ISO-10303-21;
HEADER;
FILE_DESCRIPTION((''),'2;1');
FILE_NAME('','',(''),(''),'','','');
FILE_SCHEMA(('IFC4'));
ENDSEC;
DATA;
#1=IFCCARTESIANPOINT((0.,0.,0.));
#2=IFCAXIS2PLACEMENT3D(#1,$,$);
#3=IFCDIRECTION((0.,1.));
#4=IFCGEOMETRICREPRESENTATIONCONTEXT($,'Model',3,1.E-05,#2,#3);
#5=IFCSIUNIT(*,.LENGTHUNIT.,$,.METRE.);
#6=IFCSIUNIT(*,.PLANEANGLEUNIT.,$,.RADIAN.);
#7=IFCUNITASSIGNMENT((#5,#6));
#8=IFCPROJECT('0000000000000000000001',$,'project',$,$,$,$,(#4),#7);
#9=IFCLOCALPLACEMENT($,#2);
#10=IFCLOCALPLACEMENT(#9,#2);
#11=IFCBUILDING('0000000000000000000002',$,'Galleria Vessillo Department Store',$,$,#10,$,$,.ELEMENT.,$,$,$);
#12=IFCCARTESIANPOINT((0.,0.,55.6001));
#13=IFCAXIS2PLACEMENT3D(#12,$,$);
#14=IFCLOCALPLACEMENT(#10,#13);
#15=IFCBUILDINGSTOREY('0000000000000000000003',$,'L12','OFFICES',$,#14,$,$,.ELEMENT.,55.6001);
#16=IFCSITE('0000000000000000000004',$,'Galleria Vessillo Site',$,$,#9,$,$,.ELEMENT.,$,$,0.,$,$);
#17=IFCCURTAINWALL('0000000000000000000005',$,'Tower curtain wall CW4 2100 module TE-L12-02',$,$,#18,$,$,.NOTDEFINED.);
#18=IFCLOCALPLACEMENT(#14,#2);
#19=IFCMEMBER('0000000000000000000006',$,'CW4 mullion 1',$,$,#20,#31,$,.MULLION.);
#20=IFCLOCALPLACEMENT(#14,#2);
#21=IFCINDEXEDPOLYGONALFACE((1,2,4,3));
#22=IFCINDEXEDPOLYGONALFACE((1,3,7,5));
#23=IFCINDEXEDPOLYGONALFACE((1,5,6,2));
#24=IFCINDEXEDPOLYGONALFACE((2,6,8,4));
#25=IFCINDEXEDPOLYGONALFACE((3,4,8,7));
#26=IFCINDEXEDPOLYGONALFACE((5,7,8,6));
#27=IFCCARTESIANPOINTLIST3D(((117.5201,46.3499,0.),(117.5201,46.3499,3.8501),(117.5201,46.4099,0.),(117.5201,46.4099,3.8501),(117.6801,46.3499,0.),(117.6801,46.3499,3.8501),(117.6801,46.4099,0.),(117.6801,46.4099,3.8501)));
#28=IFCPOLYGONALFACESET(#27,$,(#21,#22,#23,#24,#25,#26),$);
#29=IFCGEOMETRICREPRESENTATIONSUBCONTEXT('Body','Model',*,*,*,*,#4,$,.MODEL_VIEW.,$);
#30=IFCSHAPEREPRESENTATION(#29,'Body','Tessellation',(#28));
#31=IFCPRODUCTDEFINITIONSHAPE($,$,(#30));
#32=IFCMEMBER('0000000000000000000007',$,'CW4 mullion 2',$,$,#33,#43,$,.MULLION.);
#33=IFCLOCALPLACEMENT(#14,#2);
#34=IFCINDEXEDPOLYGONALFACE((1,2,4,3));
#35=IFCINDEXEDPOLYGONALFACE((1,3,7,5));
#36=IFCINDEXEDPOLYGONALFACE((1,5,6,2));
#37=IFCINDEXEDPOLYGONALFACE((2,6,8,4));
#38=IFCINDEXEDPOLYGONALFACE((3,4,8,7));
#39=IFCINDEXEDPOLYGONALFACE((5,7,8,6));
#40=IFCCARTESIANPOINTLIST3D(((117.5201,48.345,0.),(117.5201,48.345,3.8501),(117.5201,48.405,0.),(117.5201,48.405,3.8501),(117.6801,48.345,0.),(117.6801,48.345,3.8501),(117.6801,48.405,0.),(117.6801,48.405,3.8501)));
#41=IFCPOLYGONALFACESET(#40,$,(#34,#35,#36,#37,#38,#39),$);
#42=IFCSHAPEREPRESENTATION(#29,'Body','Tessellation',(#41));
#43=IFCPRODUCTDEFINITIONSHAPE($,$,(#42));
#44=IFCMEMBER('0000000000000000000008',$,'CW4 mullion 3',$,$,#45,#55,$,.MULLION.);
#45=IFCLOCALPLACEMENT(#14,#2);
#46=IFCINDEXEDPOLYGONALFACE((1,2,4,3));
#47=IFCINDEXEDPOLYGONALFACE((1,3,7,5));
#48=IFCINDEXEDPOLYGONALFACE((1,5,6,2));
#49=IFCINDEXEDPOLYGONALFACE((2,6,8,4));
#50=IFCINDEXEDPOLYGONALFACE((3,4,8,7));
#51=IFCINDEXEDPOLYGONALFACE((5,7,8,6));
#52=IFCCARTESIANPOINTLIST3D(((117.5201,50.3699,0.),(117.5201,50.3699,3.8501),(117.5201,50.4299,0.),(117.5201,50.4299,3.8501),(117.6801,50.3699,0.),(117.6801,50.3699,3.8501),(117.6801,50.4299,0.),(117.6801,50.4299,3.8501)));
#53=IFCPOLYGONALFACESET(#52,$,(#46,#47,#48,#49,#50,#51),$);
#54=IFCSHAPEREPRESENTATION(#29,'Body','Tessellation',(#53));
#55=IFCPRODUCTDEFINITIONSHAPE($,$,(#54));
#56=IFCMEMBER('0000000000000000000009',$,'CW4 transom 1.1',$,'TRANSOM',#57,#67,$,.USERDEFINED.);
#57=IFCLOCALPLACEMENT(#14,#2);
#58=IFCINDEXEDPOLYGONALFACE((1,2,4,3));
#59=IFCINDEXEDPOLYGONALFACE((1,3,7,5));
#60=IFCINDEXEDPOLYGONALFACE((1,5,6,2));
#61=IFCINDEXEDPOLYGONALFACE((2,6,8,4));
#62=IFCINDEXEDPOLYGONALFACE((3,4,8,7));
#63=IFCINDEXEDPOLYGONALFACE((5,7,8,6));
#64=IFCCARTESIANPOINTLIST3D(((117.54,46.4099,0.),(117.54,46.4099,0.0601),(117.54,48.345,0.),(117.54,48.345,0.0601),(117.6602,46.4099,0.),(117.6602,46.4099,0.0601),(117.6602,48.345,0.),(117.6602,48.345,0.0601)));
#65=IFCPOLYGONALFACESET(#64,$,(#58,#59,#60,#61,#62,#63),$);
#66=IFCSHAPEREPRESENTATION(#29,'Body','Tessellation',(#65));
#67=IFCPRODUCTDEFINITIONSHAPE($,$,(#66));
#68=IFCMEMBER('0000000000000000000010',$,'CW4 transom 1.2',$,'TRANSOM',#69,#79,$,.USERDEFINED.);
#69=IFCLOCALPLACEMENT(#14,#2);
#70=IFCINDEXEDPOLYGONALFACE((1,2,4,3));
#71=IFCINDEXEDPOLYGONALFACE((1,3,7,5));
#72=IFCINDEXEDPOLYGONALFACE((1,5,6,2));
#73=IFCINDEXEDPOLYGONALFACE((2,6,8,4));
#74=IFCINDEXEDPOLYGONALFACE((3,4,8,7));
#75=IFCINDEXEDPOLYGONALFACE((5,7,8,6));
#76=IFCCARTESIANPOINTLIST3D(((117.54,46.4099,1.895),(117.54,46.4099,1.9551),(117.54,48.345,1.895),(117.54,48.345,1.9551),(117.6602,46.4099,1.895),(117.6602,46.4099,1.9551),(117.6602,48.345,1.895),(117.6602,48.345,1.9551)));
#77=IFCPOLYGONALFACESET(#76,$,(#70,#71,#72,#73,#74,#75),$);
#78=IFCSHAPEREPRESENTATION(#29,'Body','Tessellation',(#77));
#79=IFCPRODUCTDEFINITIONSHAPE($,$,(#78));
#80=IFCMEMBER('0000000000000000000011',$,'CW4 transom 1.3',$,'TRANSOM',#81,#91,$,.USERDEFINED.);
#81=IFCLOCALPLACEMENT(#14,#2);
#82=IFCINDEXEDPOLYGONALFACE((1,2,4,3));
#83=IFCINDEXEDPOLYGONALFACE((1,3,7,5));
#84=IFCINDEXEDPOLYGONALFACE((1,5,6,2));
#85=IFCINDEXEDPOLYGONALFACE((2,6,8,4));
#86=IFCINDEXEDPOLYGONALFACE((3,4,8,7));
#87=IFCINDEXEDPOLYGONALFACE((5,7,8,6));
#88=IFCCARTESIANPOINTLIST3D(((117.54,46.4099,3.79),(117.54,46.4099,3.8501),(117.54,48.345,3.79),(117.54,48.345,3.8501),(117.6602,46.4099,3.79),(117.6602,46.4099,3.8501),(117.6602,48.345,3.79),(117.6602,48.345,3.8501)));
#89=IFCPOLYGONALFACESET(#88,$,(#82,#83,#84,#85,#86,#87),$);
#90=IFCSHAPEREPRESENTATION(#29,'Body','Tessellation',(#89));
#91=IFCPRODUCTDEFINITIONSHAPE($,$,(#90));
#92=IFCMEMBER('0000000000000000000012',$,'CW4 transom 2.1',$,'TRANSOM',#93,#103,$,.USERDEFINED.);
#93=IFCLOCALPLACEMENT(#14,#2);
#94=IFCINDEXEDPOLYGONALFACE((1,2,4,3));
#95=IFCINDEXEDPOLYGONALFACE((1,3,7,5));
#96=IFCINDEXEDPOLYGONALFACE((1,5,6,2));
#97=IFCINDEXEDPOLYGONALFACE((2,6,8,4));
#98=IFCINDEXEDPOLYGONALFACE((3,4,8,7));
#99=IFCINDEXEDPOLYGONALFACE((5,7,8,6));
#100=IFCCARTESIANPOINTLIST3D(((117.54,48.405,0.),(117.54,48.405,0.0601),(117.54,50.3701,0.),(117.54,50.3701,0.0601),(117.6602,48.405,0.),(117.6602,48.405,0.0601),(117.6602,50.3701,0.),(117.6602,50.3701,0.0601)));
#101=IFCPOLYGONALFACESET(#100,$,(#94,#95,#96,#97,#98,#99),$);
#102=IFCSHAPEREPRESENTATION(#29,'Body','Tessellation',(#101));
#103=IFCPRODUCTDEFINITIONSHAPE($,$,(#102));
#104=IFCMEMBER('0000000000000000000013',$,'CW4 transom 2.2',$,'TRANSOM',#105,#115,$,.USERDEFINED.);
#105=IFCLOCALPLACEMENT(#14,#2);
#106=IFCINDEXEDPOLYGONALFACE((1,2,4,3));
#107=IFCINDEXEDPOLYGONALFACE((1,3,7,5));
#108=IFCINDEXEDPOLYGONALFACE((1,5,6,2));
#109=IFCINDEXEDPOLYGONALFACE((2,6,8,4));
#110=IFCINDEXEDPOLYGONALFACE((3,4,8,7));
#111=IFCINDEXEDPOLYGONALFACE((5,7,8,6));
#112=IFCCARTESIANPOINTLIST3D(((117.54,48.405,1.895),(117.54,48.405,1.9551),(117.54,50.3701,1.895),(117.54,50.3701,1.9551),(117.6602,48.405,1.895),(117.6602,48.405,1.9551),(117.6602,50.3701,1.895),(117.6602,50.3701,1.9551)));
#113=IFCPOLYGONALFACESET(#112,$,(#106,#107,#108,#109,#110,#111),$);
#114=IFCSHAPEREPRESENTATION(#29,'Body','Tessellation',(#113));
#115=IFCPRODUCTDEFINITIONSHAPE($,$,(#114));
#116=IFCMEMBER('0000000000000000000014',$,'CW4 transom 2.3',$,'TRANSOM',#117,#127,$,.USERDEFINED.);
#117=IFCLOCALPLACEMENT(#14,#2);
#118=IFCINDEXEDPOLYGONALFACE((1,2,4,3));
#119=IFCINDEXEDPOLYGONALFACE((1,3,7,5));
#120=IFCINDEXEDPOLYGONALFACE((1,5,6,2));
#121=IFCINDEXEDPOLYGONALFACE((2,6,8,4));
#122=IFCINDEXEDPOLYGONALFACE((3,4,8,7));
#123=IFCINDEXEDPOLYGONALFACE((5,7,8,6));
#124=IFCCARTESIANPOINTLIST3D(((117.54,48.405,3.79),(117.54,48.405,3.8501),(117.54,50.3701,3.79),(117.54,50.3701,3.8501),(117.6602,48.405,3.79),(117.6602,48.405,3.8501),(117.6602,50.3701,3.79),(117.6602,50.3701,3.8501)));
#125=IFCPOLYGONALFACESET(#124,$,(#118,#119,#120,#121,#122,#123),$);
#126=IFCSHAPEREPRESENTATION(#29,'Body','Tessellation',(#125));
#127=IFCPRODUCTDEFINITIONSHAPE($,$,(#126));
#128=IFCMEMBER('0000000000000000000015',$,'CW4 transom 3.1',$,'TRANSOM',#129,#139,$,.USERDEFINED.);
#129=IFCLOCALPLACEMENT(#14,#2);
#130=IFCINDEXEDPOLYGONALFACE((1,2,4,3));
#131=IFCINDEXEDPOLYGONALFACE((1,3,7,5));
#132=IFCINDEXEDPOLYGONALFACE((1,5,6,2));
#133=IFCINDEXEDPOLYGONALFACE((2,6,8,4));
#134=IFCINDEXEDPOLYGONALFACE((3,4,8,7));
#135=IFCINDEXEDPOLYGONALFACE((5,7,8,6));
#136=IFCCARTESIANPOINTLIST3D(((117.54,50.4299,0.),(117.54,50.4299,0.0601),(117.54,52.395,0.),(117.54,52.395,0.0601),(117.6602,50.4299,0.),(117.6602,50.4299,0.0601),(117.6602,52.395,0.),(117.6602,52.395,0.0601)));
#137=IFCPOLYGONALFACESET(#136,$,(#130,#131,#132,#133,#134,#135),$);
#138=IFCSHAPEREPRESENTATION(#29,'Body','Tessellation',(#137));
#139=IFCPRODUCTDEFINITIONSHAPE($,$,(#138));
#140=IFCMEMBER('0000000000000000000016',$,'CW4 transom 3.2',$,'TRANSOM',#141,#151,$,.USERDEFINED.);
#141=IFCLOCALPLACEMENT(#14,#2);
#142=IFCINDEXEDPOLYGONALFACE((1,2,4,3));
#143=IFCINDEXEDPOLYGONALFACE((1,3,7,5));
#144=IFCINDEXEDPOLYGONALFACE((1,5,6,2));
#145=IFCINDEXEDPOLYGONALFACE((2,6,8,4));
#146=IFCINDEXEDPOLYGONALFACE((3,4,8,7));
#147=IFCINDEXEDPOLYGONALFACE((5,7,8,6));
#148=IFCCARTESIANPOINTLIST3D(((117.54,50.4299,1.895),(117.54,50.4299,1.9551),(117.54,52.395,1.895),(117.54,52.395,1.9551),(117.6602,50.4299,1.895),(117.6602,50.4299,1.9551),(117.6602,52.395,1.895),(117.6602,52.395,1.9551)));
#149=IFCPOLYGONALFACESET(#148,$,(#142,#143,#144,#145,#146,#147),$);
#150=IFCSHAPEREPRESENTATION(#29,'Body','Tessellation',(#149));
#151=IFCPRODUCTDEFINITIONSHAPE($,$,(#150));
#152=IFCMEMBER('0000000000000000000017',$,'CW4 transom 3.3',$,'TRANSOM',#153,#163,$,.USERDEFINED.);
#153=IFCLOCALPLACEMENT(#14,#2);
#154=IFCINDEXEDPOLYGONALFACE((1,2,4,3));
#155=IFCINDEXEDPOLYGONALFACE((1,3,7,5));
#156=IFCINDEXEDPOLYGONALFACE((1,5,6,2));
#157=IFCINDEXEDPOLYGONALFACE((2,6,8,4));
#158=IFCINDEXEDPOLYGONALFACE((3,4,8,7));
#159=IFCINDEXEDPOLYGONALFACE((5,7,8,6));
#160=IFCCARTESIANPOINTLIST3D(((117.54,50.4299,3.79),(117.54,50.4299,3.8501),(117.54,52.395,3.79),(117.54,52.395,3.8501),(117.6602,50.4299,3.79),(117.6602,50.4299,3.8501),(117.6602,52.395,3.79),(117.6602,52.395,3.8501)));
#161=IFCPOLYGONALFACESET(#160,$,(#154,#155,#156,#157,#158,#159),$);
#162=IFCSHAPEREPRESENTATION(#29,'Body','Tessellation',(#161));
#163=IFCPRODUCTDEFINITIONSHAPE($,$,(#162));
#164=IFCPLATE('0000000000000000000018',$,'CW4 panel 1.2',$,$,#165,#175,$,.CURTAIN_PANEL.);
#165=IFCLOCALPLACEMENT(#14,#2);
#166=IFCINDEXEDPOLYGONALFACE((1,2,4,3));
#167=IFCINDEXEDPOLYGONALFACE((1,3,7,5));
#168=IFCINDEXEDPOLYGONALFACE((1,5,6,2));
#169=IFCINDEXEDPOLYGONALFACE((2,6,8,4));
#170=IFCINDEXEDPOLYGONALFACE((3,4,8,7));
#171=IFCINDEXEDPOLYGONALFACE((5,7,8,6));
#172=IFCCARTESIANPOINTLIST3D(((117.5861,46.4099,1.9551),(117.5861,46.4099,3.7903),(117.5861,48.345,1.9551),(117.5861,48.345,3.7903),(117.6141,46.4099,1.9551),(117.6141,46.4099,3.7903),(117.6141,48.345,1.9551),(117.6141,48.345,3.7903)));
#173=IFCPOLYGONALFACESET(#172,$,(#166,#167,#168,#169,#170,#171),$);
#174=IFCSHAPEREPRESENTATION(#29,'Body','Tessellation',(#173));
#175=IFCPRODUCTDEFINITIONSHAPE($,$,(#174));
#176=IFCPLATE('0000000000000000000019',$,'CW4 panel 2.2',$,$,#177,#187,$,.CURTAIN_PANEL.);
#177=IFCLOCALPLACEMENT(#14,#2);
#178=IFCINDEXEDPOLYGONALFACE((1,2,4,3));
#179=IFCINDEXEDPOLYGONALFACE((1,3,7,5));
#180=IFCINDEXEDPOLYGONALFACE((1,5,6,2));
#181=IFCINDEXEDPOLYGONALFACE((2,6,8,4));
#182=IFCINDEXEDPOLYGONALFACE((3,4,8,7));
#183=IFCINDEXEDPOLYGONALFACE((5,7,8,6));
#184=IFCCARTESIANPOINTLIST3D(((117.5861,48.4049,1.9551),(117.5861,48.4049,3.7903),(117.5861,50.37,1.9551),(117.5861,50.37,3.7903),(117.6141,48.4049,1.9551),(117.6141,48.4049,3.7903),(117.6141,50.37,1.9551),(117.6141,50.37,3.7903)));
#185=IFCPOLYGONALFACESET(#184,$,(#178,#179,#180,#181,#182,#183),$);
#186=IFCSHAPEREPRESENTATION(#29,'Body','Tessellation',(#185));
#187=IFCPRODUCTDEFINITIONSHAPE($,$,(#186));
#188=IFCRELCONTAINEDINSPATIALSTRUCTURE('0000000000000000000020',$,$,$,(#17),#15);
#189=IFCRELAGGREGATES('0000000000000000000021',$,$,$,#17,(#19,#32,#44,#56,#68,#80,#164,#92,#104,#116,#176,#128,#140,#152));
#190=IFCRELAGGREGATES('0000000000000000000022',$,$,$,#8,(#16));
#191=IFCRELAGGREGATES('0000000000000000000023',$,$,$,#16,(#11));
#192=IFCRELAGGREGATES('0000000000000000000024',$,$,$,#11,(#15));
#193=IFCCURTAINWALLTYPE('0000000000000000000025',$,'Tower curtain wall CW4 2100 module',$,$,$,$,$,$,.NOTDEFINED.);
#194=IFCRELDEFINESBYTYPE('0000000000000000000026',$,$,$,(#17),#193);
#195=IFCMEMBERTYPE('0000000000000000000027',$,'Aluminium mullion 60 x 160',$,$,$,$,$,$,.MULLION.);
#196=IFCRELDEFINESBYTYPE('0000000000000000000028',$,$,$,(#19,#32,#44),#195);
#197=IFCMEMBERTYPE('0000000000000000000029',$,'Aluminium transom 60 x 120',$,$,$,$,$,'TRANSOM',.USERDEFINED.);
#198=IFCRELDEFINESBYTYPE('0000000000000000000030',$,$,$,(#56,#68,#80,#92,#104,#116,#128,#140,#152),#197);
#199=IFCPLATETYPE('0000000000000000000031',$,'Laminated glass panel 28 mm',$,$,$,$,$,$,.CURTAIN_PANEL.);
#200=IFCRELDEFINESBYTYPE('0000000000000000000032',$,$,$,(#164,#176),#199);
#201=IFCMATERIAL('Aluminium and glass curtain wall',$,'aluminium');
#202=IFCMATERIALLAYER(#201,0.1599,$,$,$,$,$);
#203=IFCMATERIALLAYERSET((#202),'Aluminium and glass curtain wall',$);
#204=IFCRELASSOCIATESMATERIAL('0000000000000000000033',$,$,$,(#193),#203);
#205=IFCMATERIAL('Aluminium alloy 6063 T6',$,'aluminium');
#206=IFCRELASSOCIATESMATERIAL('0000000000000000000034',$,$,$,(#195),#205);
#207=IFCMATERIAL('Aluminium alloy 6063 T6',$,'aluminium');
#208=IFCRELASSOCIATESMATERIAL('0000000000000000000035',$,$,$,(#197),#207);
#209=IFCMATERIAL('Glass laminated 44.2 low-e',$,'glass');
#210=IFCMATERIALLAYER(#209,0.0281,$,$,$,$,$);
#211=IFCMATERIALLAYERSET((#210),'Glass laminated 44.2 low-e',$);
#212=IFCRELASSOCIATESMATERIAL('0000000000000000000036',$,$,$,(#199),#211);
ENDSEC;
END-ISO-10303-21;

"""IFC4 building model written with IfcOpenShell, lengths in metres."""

from ifc_helpers import new_model, si_unit, direction, frame, origin, origin_2d, place, context, subcontext, project, spatial, rectangle, extrude, material, layer, layer_set, material_profile, profile_set, type_object, element, aggregate, save


model = new_model("IFC4")

# Units and contexts
model_context = context("Model", 3, precision=1e-05, world=origin(), true_north=direction((0.0, 1.0)))
body_context = subcontext(model_context, "Body", "Model", "MODEL_VIEW")
ifc_project = project(units=[si_unit("LENGTHUNIT", "METRE"), si_unit("PLANEANGLEUNIT", "RADIAN")], contexts=[model_context])

# Site, building, storey
site_placement = place(None, origin())
site = spatial("IfcSite", under=ifc_project, at=site_placement, Name="Galleria Vessillo Site", CompositionType="ELEMENT", RefElevation=0.0)
building_placement = place(site_placement, origin())
building = spatial("IfcBuilding", under=site, at=building_placement, Name="Galleria Vessillo Department Store", CompositionType="ELEMENT")
storey_placement = place(building_placement, frame((0.0, 0.0, 55.6001)))
storey = spatial("IfcBuildingStorey", under=building, at=storey_placement, Name="L12", Description="OFFICES", CompositionType="ELEMENT", Elevation=55.6001)

# Curtain wall, members, plates
ifc_material_1 = material(Name="Aluminium and glass curtain wall", Category="aluminium")
ifc_layer_1 = layer(ifc_material_1, 0.1599)
ifc_layer_set_1 = layer_set([ifc_layer_1], Name="Aluminium and glass curtain wall")
curtain_wall_type = type_object("IfcCurtainWallType", Name="Tower curtain wall CW4 2100 module", PredefinedType="NOTDEFINED", material=ifc_layer_set_1)
curtain_wall_placement = place(storey_placement, origin())
curtain_wall = element("IfcCurtainWall", 1, at=curtain_wall_placement, inside=storey, type_object=curtain_wall_type, Name="Tower curtain wall CW4 2100 module TE-L12-02", PredefinedType="NOTDEFINED")
ifc_material_2 = material(Name="Aluminium alloy 6063 T6", Category="aluminium")
ifc_material_profile_1 = material_profile(ifc_material_2, rectangle(XDim=0.1599, YDim=0.0601, at=origin_2d()), Name="AL 60x160")
ifc_profile_set_1 = profile_set([ifc_material_profile_1], Name="Aluminium alloy 6063 T6")
member_type_1 = type_object("IfcMemberType", Name="Aluminium mullion 60 x 160", PredefinedType="MULLION", material=ifc_profile_set_1)
member_1_placement = place(storey_placement, frame((117.6001, 46.3799, 0.0), z_axis=(0.0, 0.0, 1.0), x_axis=(-1.0, 0.0, 0.0)))
member_1 = element("IfcMember", 2, at=member_1_placement, type_object=member_type_1, Name="CW4 mullion 1", PredefinedType="MULLION", context=body_context, shape_type="SweptSolid", body=[
    extrude(rectangle(XDim=0.1599, YDim=0.0601, at=origin_2d()), origin(), (0.0, 0.0, 1.0), 3.8501),
])
member_2_placement = place(storey_placement, frame((117.6001, 48.375, 0.0), z_axis=(0.0, 0.0, 1.0), x_axis=(-1.0, 0.0, 0.0)))
member_2 = element("IfcMember", 3, at=member_2_placement, type_object=member_type_1, Name="CW4 mullion 2", PredefinedType="MULLION", context=body_context, shape_type="SweptSolid", body=[
    extrude(rectangle(XDim=0.1599, YDim=0.0601, at=origin_2d()), origin(), (0.0, 0.0, 1.0), 3.8501),
])
member_3_placement = place(storey_placement, frame((117.6001, 50.3999, 0.0), z_axis=(0.0, 0.0, 1.0), x_axis=(-1.0, 0.0, 0.0)))
member_3 = element("IfcMember", 4, at=member_3_placement, type_object=member_type_1, Name="CW4 mullion 3", PredefinedType="MULLION", context=body_context, shape_type="SweptSolid", body=[
    extrude(rectangle(XDim=0.1599, YDim=0.0601, at=origin_2d()), origin(), (0.0, 0.0, 1.0), 3.8501),
])
ifc_material_3 = material(Name="Aluminium alloy 6063 T6", Category="aluminium")
ifc_material_profile_2 = material_profile(ifc_material_3, rectangle(XDim=0.1201, YDim=0.0601, at=origin_2d()), Name="AL 60x120")
ifc_profile_set_2 = profile_set([ifc_material_profile_2], Name="Aluminium alloy 6063 T6")
member_type_2 = type_object("IfcMemberType", Name="Aluminium transom 60 x 120", ElementType="TRANSOM", PredefinedType="USERDEFINED", material=ifc_profile_set_2)
member_4_placement = place(storey_placement, frame((117.6001, 46.4099, 0.03), z_axis=(0.0, 1.0, 0.0), x_axis=(-1.0, 0.0, 0.0)))
member_4 = element("IfcMember", 5, at=member_4_placement, type_object=member_type_2, Name="CW4 transom 1.1", ObjectType="TRANSOM", PredefinedType="USERDEFINED", context=body_context, shape_type="SweptSolid", body=[
    extrude(rectangle(XDim=0.1201, YDim=0.0601, at=origin_2d()), origin(), (0.0, 0.0, 1.0), 1.9351),
])
member_5_placement = place(storey_placement, frame((117.6001, 46.4099, 1.925), z_axis=(0.0, 1.0, 0.0), x_axis=(-1.0, 0.0, 0.0)))
member_5 = element("IfcMember", 6, at=member_5_placement, type_object=member_type_2, Name="CW4 transom 1.2", ObjectType="TRANSOM", PredefinedType="USERDEFINED", context=body_context, shape_type="SweptSolid", body=[
    extrude(rectangle(XDim=0.1201, YDim=0.0601, at=origin_2d()), origin(), (0.0, 0.0, 1.0), 1.9351),
])
member_6_placement = place(storey_placement, frame((117.6001, 46.4099, 3.8201), z_axis=(0.0, 1.0, 0.0), x_axis=(-1.0, 0.0, 0.0)))
member_6 = element("IfcMember", 7, at=member_6_placement, type_object=member_type_2, Name="CW4 transom 1.3", ObjectType="TRANSOM", PredefinedType="USERDEFINED", context=body_context, shape_type="SweptSolid", body=[
    extrude(rectangle(XDim=0.1201, YDim=0.0601, at=origin_2d()), origin(), (0.0, 0.0, 1.0), 1.9351),
])
member_7_placement = place(storey_placement, frame((117.6001, 48.405, 0.03), z_axis=(0.0, 1.0, 0.0), x_axis=(-1.0, 0.0, 0.0)))
member_7 = element("IfcMember", 8, at=member_7_placement, type_object=member_type_2, Name="CW4 transom 2.1", ObjectType="TRANSOM", PredefinedType="USERDEFINED", context=body_context, shape_type="SweptSolid", body=[
    extrude(rectangle(XDim=0.1201, YDim=0.0601, at=origin_2d()), origin(), (0.0, 0.0, 1.0), 1.9651),
])
member_8_placement = place(storey_placement, frame((117.6001, 48.405, 1.925), z_axis=(0.0, 1.0, 0.0), x_axis=(-1.0, 0.0, 0.0)))
member_8 = element("IfcMember", 9, at=member_8_placement, type_object=member_type_2, Name="CW4 transom 2.2", ObjectType="TRANSOM", PredefinedType="USERDEFINED", context=body_context, shape_type="SweptSolid", body=[
    extrude(rectangle(XDim=0.1201, YDim=0.0601, at=origin_2d()), origin(), (0.0, 0.0, 1.0), 1.9651),
])
member_9_placement = place(storey_placement, frame((117.6001, 48.405, 3.8201), z_axis=(0.0, 1.0, 0.0), x_axis=(-1.0, 0.0, 0.0)))
member_9 = element("IfcMember", 10, at=member_9_placement, type_object=member_type_2, Name="CW4 transom 2.3", ObjectType="TRANSOM", PredefinedType="USERDEFINED", context=body_context, shape_type="SweptSolid", body=[
    extrude(rectangle(XDim=0.1201, YDim=0.0601, at=origin_2d()), origin(), (0.0, 0.0, 1.0), 1.9651),
])
member_10_placement = place(storey_placement, frame((117.6001, 50.4299, 0.03), z_axis=(0.0, 1.0, 0.0), x_axis=(-1.0, 0.0, 0.0)))
member_10 = element("IfcMember", 11, at=member_10_placement, type_object=member_type_2, Name="CW4 transom 3.1", ObjectType="TRANSOM", PredefinedType="USERDEFINED", context=body_context, shape_type="SweptSolid", body=[
    extrude(rectangle(XDim=0.1201, YDim=0.0601, at=origin_2d()), origin(), (0.0, 0.0, 1.0), 1.9651),
])
member_11_placement = place(storey_placement, frame((117.6001, 50.4299, 1.925), z_axis=(0.0, 1.0, 0.0), x_axis=(-1.0, 0.0, 0.0)))
member_11 = element("IfcMember", 12, at=member_11_placement, type_object=member_type_2, Name="CW4 transom 3.2", ObjectType="TRANSOM", PredefinedType="USERDEFINED", context=body_context, shape_type="SweptSolid", body=[
    extrude(rectangle(XDim=0.1201, YDim=0.0601, at=origin_2d()), origin(), (0.0, 0.0, 1.0), 1.9651),
])
member_12_placement = place(storey_placement, frame((117.6001, 50.4299, 3.8201), z_axis=(0.0, 1.0, 0.0), x_axis=(-1.0, 0.0, 0.0)))
member_12 = element("IfcMember", 13, at=member_12_placement, type_object=member_type_2, Name="CW4 transom 3.3", ObjectType="TRANSOM", PredefinedType="USERDEFINED", context=body_context, shape_type="SweptSolid", body=[
    extrude(rectangle(XDim=0.1201, YDim=0.0601, at=origin_2d()), origin(), (0.0, 0.0, 1.0), 1.9651),
])
ifc_material_4 = material(Name="Glass laminated 44.2 low-e", Category="glass")
ifc_layer_2 = layer(ifc_material_4, 0.0281)
ifc_layer_set_2 = layer_set([ifc_layer_2], Name="Glass laminated 44.2 low-e")
plate_type_1 = type_object("IfcPlateType", Name="Laminated glass panel 28 mm", PredefinedType="CURTAIN_PANEL", material=ifc_layer_set_2)
plate_1_placement = place(storey_placement, frame((117.6001, 47.3774, 1.9551), z_axis=(0.0, 0.0, 1.0), x_axis=(0.0, 1.0, 0.0)))
plate_1 = element("IfcPlate", 14, at=plate_1_placement, type_object=plate_type_1, Name="CW4 panel 1.2", PredefinedType="CURTAIN_PANEL", context=body_context, shape_type="SweptSolid", body=[
    extrude(rectangle(XDim=1.9351, YDim=0.0281, at=origin_2d()), origin(), (0.0, 0.0, 1.0), 1.8352),
])
plate_2_placement = place(storey_placement, frame((117.6001, 49.3875, 1.9551), z_axis=(0.0, 0.0, 1.0), x_axis=(0.0, 1.0, 0.0)))
plate_2 = element("IfcPlate", 15, at=plate_2_placement, type_object=plate_type_1, Name="CW4 panel 2.2", PredefinedType="CURTAIN_PANEL", context=body_context, shape_type="SweptSolid", body=[
    extrude(rectangle(XDim=1.9651, YDim=0.0281, at=origin_2d()), origin(), (0.0, 0.0, 1.0), 1.8352),
])
aggregate(curtain_wall, [member_1, member_2, member_3, member_4, member_5, member_6, plate_1, member_7, member_8, member_9, plate_2, member_10, member_11, member_12])

save(model, "model.ifc")
